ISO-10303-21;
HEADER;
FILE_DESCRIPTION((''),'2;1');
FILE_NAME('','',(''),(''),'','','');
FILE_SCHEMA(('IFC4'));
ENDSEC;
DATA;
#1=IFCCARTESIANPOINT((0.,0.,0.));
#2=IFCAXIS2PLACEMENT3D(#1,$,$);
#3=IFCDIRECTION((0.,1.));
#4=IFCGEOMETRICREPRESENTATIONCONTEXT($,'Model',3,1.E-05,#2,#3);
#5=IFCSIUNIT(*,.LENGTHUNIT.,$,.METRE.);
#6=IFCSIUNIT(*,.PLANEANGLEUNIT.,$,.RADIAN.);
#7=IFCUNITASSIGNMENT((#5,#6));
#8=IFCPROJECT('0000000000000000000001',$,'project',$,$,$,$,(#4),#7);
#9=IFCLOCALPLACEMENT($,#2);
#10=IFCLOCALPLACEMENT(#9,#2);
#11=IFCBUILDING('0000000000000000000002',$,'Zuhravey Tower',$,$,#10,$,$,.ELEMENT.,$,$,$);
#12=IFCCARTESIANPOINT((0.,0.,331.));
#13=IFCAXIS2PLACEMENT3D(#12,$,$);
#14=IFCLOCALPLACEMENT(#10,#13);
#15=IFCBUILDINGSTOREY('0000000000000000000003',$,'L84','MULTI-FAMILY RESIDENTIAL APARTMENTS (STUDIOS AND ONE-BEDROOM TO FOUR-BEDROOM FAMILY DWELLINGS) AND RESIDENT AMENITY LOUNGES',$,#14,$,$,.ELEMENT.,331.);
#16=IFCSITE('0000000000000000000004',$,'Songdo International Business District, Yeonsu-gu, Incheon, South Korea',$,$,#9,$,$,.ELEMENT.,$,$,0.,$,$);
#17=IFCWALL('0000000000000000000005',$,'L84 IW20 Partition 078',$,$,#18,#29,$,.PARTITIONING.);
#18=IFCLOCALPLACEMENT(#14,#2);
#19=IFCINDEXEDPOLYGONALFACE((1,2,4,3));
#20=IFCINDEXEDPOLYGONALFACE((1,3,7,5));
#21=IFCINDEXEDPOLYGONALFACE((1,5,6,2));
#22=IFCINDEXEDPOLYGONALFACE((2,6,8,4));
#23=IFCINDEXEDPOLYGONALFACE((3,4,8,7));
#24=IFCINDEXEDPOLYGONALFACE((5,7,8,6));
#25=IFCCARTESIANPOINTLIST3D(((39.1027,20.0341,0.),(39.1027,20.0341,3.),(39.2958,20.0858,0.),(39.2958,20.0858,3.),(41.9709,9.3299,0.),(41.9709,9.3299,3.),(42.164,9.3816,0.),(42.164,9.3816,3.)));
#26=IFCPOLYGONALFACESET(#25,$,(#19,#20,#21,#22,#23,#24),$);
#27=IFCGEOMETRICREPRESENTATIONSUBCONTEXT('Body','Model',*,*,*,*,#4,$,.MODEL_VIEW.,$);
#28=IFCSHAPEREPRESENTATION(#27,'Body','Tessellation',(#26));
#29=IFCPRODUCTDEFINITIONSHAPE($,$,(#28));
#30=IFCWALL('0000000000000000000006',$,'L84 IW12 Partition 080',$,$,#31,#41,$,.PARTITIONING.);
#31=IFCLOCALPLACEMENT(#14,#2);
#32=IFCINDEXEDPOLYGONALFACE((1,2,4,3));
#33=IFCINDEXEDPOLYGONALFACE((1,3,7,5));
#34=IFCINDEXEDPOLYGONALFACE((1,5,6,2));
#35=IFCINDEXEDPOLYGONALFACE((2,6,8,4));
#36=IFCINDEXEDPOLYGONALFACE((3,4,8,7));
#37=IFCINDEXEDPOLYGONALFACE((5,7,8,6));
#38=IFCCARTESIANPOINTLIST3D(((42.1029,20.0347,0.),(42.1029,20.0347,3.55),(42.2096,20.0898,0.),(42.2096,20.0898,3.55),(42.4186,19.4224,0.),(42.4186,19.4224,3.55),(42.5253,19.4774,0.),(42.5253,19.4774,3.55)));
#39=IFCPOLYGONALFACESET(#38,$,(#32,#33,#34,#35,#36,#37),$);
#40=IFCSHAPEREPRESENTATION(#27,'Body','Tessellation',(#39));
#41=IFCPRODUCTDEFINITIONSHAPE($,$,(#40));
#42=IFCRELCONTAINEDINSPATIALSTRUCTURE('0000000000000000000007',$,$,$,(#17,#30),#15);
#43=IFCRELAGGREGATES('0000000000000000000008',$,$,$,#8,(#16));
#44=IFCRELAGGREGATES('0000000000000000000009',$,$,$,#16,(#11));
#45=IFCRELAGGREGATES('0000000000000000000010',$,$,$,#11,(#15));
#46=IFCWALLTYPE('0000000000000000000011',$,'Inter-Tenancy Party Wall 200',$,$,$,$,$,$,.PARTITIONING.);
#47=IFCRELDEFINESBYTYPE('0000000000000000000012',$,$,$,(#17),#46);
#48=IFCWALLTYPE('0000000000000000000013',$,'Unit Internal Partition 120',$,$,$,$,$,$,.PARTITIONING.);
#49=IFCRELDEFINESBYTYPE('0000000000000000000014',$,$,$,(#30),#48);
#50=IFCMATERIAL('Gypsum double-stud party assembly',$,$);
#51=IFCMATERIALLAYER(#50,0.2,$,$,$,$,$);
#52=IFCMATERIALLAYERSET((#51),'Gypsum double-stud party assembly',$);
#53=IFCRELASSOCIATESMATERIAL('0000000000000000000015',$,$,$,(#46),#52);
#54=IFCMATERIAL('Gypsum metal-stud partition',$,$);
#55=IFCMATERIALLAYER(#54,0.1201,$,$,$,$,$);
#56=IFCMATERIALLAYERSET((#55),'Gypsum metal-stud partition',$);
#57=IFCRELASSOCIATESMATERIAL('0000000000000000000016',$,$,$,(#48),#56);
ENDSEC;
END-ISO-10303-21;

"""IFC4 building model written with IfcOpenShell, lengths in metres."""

from ifc_helpers import new_model, si_unit, direction, frame, frame_2d, origin, place, context, subcontext, project, spatial, rectangle, extrude, material, layer, layer_set, type_object, element, save


model = new_model("IFC4")

# Units and contexts
model_context = context("Model", 3, precision=1e-05, world=origin(), true_north=direction((0.0, 1.0)))
body_context = subcontext(model_context, "Body", "Model", "MODEL_VIEW")
ifc_project = project(units=[si_unit("LENGTHUNIT", "METRE"), si_unit("PLANEANGLEUNIT", "RADIAN")], contexts=[model_context])

# Site, building, storey
site_placement = place(None, origin())
site = spatial("IfcSite", under=ifc_project, at=site_placement, Name="Songdo International Business District, Yeonsu-gu, Incheon, South Korea", CompositionType="ELEMENT", RefElevation=0.0)
building_placement = place(site_placement, origin())
building = spatial("IfcBuilding", under=site, at=building_placement, Name="Zuhravey Tower", CompositionType="ELEMENT")
storey_placement = place(building_placement, frame((0.0, 0.0, 331.0)))
storey = spatial("IfcBuildingStorey", under=building, at=storey_placement, Name="L84", Description="MULTI-FAMILY RESIDENTIAL APARTMENTS (STUDIOS AND ONE-BEDROOM TO FOUR-BEDROOM FAMILY DWELLINGS) AND RESIDENT AMENITY LOUNGES", CompositionType="ELEMENT", Elevation=331.0)

# Walls
ifc_material_1 = material(Name="Gypsum double-stud party assembly")
ifc_layer_1 = layer(ifc_material_1, 0.2)
ifc_layer_set_1 = layer_set([ifc_layer_1], Name="Gypsum double-stud party assembly")
wall_type_1 = type_object("IfcWallType", Name="Inter-Tenancy Party Wall 200", PredefinedType="PARTITIONING", material=ifc_layer_set_1)
wall_1_placement = place(storey_placement, frame((39.1992, 20.0601, 0.0), z_axis=(0.0, 0.0, 1.0), x_axis=(0.25882, -0.965926, 0.0)))
element("IfcWall", 1, at=wall_1_placement, inside=storey, type_object=wall_type_1, Name="L84 IW20 Partition 078", PredefinedType="PARTITIONING", context=body_context, shape_type="SweptSolid", body=[
    extrude(rectangle(XDim=11.0818, YDim=0.2, at=frame_2d((5.541, 0.0))), origin(), (0.0, 0.0, 1.0), 3.0),
])
ifc_material_2 = material(Name="Gypsum metal-stud partition")
ifc_layer_2 = layer(ifc_material_2, 0.1201)
ifc_layer_set_2 = layer_set([ifc_layer_2], Name="Gypsum metal-stud partition")
wall_type_2 = type_object("IfcWallType", Name="Unit Internal Partition 120", PredefinedType="PARTITIONING", material=ifc_layer_set_2)
wall_2_placement = place(storey_placement, frame((42.1562, 20.0623, 0.0), z_axis=(0.0, 0.0, 1.0), x_axis=(0.458237, -0.88883, 0.0)))
element("IfcWall", 2, at=wall_2_placement, inside=storey, type_object=wall_type_2, Name="L84 IW12 Partition 080", PredefinedType="PARTITIONING", context=body_context, shape_type="SweptSolid", body=[
    extrude(rectangle(XDim=0.689, YDim=0.1201, at=frame_2d((0.3445, 0.0))), origin(), (0.0, 0.0, 1.0), 3.55),
])

save(model, "model.ifc")
